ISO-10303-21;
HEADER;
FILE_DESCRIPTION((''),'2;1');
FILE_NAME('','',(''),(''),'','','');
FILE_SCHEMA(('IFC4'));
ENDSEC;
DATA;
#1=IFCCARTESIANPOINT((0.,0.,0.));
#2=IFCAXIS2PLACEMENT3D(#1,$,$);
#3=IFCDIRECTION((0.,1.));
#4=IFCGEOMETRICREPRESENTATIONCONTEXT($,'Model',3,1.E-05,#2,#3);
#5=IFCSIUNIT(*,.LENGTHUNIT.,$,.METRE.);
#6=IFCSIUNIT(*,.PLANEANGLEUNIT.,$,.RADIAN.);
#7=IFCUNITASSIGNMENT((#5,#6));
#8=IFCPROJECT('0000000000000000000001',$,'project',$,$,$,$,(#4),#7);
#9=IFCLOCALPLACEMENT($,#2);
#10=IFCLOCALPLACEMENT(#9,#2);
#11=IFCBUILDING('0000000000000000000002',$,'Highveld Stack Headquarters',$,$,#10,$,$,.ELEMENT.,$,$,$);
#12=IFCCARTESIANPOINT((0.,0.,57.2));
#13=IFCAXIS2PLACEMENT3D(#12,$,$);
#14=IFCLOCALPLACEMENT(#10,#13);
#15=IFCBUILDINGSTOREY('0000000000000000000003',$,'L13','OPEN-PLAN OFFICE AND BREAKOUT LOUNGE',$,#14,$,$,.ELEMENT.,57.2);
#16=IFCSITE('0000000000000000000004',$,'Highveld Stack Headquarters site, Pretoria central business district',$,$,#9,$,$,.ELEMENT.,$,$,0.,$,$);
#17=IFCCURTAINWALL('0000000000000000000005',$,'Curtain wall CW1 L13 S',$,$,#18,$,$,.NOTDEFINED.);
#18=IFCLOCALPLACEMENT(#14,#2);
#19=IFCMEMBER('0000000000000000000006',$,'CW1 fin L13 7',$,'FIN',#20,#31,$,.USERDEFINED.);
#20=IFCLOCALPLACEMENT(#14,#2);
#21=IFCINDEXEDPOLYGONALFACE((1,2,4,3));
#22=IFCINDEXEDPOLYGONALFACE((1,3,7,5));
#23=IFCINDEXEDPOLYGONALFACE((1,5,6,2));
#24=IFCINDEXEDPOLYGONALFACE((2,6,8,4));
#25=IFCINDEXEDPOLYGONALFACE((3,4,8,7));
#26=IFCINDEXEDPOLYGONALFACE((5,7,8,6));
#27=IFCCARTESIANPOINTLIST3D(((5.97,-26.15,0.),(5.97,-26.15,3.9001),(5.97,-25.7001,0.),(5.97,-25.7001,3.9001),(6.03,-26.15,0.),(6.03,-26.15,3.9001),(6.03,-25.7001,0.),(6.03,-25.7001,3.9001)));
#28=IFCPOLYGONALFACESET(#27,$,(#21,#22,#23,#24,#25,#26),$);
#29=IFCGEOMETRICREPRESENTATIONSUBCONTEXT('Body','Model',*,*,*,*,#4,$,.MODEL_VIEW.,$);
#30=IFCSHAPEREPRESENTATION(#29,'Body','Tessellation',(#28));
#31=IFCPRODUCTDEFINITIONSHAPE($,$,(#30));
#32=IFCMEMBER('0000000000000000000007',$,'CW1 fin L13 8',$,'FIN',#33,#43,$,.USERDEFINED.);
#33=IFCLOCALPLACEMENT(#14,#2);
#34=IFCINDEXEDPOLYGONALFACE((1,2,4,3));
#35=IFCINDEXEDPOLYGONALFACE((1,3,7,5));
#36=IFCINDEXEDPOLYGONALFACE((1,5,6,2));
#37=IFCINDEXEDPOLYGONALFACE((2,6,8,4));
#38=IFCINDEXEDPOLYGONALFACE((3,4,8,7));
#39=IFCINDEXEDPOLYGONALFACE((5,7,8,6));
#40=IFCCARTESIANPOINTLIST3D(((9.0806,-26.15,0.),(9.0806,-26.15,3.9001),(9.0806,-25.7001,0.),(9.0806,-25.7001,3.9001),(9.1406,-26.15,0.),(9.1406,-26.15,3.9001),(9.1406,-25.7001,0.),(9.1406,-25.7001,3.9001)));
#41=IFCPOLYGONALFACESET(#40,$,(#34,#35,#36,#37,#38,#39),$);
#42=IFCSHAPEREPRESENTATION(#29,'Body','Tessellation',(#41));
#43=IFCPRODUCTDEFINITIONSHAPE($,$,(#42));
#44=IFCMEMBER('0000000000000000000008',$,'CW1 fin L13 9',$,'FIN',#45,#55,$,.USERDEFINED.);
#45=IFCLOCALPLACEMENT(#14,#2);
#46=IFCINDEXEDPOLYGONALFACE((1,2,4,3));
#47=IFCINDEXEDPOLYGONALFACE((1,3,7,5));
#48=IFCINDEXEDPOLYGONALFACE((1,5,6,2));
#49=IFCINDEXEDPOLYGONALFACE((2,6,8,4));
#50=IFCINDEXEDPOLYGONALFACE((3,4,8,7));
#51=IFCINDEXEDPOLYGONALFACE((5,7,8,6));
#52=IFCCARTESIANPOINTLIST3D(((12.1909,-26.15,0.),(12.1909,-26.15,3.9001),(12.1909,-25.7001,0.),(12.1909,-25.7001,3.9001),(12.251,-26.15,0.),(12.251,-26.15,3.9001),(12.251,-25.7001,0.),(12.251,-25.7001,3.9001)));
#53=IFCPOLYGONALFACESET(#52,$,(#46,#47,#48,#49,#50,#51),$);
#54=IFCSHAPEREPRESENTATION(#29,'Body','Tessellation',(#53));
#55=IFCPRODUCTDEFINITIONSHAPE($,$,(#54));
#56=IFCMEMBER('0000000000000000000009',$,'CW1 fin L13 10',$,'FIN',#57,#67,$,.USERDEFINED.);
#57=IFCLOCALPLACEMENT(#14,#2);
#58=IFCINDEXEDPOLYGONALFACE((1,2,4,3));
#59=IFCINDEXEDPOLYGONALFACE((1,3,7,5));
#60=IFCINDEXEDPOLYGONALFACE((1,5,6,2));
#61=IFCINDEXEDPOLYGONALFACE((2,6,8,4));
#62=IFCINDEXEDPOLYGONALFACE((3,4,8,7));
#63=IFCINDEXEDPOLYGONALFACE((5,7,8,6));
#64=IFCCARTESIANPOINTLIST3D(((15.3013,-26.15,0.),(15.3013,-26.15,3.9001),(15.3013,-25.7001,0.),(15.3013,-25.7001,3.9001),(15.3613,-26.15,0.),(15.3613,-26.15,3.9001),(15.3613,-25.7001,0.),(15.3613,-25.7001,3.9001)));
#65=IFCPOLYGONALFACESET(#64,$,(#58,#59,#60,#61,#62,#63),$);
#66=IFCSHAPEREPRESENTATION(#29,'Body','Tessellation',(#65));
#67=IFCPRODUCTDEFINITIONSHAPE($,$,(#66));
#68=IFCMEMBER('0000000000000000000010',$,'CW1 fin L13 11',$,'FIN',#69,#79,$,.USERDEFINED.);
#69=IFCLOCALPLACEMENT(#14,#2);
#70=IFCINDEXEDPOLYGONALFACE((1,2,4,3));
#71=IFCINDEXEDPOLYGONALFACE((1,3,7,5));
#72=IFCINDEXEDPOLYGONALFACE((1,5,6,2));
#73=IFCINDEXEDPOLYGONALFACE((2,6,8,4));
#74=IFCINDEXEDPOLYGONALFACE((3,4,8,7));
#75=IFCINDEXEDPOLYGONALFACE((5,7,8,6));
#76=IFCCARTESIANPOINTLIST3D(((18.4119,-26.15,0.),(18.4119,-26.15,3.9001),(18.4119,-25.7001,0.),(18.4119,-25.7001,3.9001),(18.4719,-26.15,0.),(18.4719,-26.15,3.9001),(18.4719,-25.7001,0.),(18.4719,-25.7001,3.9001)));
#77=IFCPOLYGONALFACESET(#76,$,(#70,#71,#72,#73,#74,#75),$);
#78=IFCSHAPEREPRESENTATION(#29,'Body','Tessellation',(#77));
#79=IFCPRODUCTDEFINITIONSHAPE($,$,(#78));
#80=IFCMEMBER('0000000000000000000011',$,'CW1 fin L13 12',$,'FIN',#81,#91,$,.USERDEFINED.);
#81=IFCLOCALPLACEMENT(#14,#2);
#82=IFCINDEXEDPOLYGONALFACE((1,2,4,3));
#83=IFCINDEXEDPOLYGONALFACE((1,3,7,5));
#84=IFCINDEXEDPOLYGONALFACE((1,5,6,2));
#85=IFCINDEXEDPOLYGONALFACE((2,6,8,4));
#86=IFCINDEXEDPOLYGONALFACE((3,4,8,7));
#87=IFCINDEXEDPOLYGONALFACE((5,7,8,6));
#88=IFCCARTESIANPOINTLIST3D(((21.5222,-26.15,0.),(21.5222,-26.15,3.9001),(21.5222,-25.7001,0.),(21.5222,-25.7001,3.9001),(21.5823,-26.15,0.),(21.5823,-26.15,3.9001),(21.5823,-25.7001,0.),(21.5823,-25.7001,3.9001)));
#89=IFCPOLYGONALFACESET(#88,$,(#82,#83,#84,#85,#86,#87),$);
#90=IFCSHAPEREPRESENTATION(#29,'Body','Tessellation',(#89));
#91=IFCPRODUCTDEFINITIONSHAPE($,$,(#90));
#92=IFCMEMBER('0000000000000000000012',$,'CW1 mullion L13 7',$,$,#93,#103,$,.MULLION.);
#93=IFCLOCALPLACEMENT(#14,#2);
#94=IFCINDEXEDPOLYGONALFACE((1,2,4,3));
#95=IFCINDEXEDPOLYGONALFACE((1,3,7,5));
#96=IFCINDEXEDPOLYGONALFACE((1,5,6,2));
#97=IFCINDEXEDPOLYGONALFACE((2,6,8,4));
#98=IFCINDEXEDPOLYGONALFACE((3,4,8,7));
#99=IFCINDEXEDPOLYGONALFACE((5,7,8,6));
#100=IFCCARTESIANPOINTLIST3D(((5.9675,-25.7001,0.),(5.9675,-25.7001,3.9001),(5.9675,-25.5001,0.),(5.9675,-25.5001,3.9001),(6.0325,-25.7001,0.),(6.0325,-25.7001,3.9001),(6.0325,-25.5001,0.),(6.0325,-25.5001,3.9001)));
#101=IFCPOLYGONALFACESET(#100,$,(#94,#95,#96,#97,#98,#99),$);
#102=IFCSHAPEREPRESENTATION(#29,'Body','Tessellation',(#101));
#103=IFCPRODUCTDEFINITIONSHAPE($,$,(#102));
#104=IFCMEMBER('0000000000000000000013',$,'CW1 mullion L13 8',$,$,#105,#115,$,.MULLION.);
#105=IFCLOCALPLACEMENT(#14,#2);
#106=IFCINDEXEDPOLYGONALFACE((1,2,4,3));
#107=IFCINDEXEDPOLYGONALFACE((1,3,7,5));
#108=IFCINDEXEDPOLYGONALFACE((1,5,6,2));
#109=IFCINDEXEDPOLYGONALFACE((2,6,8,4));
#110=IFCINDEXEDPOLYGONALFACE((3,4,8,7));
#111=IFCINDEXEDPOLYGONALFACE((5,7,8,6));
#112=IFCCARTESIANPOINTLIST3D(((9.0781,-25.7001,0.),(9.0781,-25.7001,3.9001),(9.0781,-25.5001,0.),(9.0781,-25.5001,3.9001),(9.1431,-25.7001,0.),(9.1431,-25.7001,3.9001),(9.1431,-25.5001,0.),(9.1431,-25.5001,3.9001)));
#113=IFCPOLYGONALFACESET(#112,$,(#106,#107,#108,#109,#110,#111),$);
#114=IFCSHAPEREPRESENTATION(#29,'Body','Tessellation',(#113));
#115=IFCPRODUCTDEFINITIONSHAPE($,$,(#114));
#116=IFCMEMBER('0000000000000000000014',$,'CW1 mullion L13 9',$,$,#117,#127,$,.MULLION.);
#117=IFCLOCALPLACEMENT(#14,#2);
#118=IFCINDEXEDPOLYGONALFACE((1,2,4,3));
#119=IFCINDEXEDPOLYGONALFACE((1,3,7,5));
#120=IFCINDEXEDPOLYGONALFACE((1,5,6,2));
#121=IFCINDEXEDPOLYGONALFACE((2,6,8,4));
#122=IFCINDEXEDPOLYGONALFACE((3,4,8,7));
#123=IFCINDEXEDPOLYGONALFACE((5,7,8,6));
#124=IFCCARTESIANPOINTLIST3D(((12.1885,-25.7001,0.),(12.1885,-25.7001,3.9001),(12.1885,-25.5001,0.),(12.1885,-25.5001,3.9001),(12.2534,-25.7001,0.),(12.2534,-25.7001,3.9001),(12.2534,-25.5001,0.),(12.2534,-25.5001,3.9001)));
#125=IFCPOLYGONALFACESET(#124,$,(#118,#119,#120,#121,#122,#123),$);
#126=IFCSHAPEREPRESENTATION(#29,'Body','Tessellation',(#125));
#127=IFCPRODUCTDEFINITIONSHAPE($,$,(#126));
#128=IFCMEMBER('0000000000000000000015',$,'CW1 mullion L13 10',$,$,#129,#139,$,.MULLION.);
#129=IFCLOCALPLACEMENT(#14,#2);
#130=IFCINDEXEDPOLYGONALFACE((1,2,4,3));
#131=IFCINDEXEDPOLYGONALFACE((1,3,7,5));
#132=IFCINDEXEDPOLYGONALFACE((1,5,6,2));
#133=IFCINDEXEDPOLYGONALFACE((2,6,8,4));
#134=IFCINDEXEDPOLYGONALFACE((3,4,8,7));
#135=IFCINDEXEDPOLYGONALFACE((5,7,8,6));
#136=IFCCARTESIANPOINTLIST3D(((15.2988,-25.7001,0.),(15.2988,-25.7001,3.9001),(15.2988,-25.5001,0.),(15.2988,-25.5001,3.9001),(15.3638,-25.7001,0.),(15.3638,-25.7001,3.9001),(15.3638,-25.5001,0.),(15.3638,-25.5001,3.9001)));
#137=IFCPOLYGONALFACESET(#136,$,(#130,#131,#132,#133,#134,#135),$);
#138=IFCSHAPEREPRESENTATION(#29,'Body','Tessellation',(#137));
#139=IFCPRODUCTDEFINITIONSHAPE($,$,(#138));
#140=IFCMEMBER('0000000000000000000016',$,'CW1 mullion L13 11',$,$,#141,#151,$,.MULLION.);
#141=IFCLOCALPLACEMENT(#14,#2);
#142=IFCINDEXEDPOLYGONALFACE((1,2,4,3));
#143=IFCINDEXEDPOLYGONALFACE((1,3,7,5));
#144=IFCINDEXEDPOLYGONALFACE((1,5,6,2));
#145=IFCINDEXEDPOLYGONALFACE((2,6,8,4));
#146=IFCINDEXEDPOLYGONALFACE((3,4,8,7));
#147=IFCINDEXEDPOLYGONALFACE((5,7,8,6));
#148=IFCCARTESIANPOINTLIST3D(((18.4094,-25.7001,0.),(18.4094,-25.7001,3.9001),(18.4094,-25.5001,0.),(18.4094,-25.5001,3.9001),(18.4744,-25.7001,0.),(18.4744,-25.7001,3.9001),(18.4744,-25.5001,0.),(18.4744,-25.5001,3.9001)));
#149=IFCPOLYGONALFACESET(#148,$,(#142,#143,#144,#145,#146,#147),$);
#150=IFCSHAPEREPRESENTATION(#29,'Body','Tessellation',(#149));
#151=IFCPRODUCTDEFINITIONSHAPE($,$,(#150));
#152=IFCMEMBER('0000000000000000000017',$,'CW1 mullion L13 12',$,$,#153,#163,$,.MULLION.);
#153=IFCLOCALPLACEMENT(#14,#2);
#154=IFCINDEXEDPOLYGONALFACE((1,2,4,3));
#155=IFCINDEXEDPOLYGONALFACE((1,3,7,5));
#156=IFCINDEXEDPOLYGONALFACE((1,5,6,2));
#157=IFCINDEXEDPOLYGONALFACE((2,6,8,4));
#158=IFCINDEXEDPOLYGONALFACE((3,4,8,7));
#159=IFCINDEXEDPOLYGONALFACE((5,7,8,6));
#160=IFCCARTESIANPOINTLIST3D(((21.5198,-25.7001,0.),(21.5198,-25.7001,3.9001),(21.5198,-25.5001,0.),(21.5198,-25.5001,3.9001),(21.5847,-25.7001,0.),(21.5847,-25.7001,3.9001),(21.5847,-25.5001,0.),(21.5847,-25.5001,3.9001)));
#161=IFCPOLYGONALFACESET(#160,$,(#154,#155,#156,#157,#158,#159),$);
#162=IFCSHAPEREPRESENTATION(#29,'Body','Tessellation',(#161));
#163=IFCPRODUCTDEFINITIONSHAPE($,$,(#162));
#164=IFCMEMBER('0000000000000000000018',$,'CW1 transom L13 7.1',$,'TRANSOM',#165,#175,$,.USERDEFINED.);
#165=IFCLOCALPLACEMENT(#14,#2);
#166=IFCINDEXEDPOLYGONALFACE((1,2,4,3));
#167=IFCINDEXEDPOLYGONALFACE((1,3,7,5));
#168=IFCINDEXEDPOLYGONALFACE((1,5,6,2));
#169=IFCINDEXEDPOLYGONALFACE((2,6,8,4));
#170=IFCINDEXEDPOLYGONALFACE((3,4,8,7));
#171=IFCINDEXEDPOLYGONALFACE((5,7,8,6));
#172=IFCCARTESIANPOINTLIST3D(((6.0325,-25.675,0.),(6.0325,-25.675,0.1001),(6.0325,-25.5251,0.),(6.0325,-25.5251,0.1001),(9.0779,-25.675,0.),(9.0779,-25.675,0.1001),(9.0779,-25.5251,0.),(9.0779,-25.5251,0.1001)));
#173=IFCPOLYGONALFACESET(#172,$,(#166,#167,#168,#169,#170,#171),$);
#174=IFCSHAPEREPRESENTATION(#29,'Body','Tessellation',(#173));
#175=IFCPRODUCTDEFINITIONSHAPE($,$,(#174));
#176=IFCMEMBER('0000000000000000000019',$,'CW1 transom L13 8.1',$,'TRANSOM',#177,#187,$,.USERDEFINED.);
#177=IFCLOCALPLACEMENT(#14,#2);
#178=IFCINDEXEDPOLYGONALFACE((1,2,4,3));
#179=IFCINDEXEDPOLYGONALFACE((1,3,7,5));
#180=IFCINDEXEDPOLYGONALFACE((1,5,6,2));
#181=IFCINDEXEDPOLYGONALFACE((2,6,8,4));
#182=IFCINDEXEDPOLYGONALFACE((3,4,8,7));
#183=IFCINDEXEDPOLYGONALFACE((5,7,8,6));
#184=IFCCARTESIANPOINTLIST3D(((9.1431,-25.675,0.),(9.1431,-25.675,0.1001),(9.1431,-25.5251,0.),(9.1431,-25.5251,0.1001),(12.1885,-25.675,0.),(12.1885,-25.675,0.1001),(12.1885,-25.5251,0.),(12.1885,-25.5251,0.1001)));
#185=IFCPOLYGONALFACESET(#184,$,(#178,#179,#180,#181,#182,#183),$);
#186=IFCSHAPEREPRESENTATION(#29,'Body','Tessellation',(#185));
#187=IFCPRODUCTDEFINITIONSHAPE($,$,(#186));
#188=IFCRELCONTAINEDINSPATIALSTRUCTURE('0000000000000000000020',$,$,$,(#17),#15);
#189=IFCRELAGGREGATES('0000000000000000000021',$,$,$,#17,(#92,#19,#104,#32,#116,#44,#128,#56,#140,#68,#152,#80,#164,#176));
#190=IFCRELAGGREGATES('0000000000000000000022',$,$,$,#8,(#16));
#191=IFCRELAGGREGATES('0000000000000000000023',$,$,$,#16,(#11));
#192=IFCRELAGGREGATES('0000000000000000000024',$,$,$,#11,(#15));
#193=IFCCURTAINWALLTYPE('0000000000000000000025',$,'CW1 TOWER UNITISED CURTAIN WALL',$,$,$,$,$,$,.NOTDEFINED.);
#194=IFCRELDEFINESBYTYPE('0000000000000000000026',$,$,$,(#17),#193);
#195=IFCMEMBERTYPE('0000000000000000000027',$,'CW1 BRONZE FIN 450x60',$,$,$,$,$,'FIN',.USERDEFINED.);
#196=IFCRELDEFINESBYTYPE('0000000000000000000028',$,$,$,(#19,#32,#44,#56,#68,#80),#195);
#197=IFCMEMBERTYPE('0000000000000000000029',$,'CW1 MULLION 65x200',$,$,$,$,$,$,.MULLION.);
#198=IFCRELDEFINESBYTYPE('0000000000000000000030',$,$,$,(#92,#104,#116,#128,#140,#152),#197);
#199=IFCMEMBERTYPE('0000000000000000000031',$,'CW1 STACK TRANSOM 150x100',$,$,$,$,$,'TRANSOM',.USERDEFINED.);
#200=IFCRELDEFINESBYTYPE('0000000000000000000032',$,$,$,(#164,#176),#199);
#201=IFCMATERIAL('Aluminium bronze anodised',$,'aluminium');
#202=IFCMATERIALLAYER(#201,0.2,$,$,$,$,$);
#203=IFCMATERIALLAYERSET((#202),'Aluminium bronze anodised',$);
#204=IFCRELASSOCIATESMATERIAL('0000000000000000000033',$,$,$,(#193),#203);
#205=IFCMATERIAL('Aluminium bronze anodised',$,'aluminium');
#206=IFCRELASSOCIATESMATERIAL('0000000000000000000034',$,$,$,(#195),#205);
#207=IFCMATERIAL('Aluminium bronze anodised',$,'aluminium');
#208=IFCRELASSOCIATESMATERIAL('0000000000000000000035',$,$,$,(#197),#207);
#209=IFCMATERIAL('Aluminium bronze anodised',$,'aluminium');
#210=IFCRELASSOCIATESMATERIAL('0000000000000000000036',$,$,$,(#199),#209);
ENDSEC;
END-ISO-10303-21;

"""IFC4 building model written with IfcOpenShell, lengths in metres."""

from ifc_helpers import new_model, si_unit, direction, frame, origin, origin_2d, place, context, subcontext, project, spatial, rectangle, extrude, material, layer, layer_set, material_profile, profile_set, type_object, element, aggregate, save


model = new_model("IFC4")

# Units and contexts
model_context = context("Model", 3, precision=1e-05, world=origin(), true_north=direction((0.0, 1.0)))
body_context = subcontext(model_context, "Body", "Model", "MODEL_VIEW")
ifc_project = project(units=[si_unit("LENGTHUNIT", "METRE"), si_unit("PLANEANGLEUNIT", "RADIAN")], contexts=[model_context])

# Site, building, storey
site_placement = place(None, origin())
site = spatial("IfcSite", under=ifc_project, at=site_placement, Name="Highveld Stack Headquarters site, Pretoria central business district", CompositionType="ELEMENT", RefElevation=0.0)
building_placement = place(site_placement, origin())
building = spatial("IfcBuilding", under=site, at=building_placement, Name="Highveld Stack Headquarters", CompositionType="ELEMENT")
storey_placement = place(building_placement, frame((0.0, 0.0, 57.2)))
storey = spatial("IfcBuildingStorey", under=building, at=storey_placement, Name="L13", Description="OPEN-PLAN OFFICE AND BREAKOUT LOUNGE", CompositionType="ELEMENT", Elevation=57.2)

# Curtain wall, members
ifc_material_1 = material(Name="Aluminium bronze anodised", Category="aluminium")
ifc_layer_1 = layer(ifc_material_1, 0.2)
ifc_layer_set_1 = layer_set([ifc_layer_1], Name="Aluminium bronze anodised")
curtain_wall_type = type_object("IfcCurtainWallType", Name="CW1 TOWER UNITISED CURTAIN WALL", PredefinedType="NOTDEFINED", material=ifc_layer_set_1)
curtain_wall_placement = place(storey_placement, origin())
curtain_wall = element("IfcCurtainWall", 1, at=curtain_wall_placement, inside=storey, type_object=curtain_wall_type, Name="Curtain wall CW1 L13 S", PredefinedType="NOTDEFINED")
ifc_material_2 = material(Name="Aluminium bronze anodised", Category="aluminium")
ifc_material_profile_1 = material_profile(ifc_material_2, rectangle(XDim=0.45, YDim=0.0601, at=origin_2d()), Name="FIN 450x60")
ifc_profile_set_1 = profile_set([ifc_material_profile_1], Name="Aluminium bronze anodised")
member_type_1 = type_object("IfcMemberType", Name="CW1 BRONZE FIN 450x60", ElementType="FIN", PredefinedType="USERDEFINED", material=ifc_profile_set_1)
member_1_placement = place(storey_placement, frame((6.0, -25.925, 0.0), z_axis=(0.0, 0.0, 1.0), x_axis=(0.0, 1.0, 0.0)))
member_1 = element("IfcMember", 2, at=member_1_placement, type_object=member_type_1, Name="CW1 fin L13 7", ObjectType="FIN", PredefinedType="USERDEFINED", context=body_context, shape_type="SweptSolid", body=[
    extrude(rectangle(XDim=0.45, YDim=0.0601, at=origin_2d()), origin(), (0.0, 0.0, 1.0), 3.9001),
])
member_2_placement = place(storey_placement, frame((9.1106, -25.925, 0.0), z_axis=(0.0, 0.0, 1.0), x_axis=(0.0, 1.0, 0.0)))
member_2 = element("IfcMember", 3, at=member_2_placement, type_object=member_type_1, Name="CW1 fin L13 8", ObjectType="FIN", PredefinedType="USERDEFINED", context=body_context, shape_type="SweptSolid", body=[
    extrude(rectangle(XDim=0.45, YDim=0.0601, at=origin_2d()), origin(), (0.0, 0.0, 1.0), 3.9001),
])
member_3_placement = place(storey_placement, frame((12.2209, -25.925, 0.0), z_axis=(0.0, 0.0, 1.0), x_axis=(0.0, 1.0, 0.0)))
member_3 = element("IfcMember", 4, at=member_3_placement, type_object=member_type_1, Name="CW1 fin L13 9", ObjectType="FIN", PredefinedType="USERDEFINED", context=body_context, shape_type="SweptSolid", body=[
    extrude(rectangle(XDim=0.45, YDim=0.0601, at=origin_2d()), origin(), (0.0, 0.0, 1.0), 3.9001),
])
member_4_placement = place(storey_placement, frame((15.3313, -25.925, 0.0), z_axis=(0.0, 0.0, 1.0), x_axis=(0.0, 1.0, 0.0)))
member_4 = element("IfcMember", 5, at=member_4_placement, type_object=member_type_1, Name="CW1 fin L13 10", ObjectType="FIN", PredefinedType="USERDEFINED", context=body_context, shape_type="SweptSolid", body=[
    extrude(rectangle(XDim=0.45, YDim=0.0601, at=origin_2d()), origin(), (0.0, 0.0, 1.0), 3.9001),
])
member_5_placement = place(storey_placement, frame((18.4419, -25.925, 0.0), z_axis=(0.0, 0.0, 1.0), x_axis=(0.0, 1.0, 0.0)))
member_5 = element("IfcMember", 6, at=member_5_placement, type_object=member_type_1, Name="CW1 fin L13 11", ObjectType="FIN", PredefinedType="USERDEFINED", context=body_context, shape_type="SweptSolid", body=[
    extrude(rectangle(XDim=0.45, YDim=0.0601, at=origin_2d()), origin(), (0.0, 0.0, 1.0), 3.9001),
])
member_6_placement = place(storey_placement, frame((21.5522, -25.925, 0.0), z_axis=(0.0, 0.0, 1.0), x_axis=(0.0, 1.0, 0.0)))
member_6 = element("IfcMember", 7, at=member_6_placement, type_object=member_type_1, Name="CW1 fin L13 12", ObjectType="FIN", PredefinedType="USERDEFINED", context=body_context, shape_type="SweptSolid", body=[
    extrude(rectangle(XDim=0.45, YDim=0.0601, at=origin_2d()), origin(), (0.0, 0.0, 1.0), 3.9001),
])
ifc_material_3 = material(Name="Aluminium bronze anodised", Category="aluminium")
ifc_material_profile_2 = material_profile(ifc_material_3, rectangle(XDim=0.2, YDim=0.0649, at=origin_2d()), Name="CW1 MULLION 65x200")
ifc_profile_set_2 = profile_set([ifc_material_profile_2], Name="Aluminium bronze anodised")
member_type_2 = type_object("IfcMemberType", Name="CW1 MULLION 65x200", PredefinedType="MULLION", material=ifc_profile_set_2)
member_7_placement = place(storey_placement, frame((6.0, -25.6001, 0.0), z_axis=(0.0, 0.0, 1.0), x_axis=(0.0, 1.0, 0.0)))
member_7 = element("IfcMember", 8, at=member_7_placement, type_object=member_type_2, Name="CW1 mullion L13 7", PredefinedType="MULLION", context=body_context, shape_type="SweptSolid", body=[
    extrude(rectangle(XDim=0.2, YDim=0.0649, at=origin_2d()), origin(), (0.0, 0.0, 1.0), 3.9001),
])
member_8_placement = place(storey_placement, frame((9.1106, -25.6001, 0.0), z_axis=(0.0, 0.0, 1.0), x_axis=(0.0, 1.0, 0.0)))
member_8 = element("IfcMember", 9, at=member_8_placement, type_object=member_type_2, Name="CW1 mullion L13 8", PredefinedType="MULLION", context=body_context, shape_type="SweptSolid", body=[
    extrude(rectangle(XDim=0.2, YDim=0.0649, at=origin_2d()), origin(), (0.0, 0.0, 1.0), 3.9001),
])
member_9_placement = place(storey_placement, frame((12.2209, -25.6001, 0.0), z_axis=(0.0, 0.0, 1.0), x_axis=(0.0, 1.0, 0.0)))
member_9 = element("IfcMember", 10, at=member_9_placement, type_object=member_type_2, Name="CW1 mullion L13 9", PredefinedType="MULLION", context=body_context, shape_type="SweptSolid", body=[
    extrude(rectangle(XDim=0.2, YDim=0.0649, at=origin_2d()), origin(), (0.0, 0.0, 1.0), 3.9001),
])
member_10_placement = place(storey_placement, frame((15.3313, -25.6001, 0.0), z_axis=(0.0, 0.0, 1.0), x_axis=(0.0, 1.0, 0.0)))
member_10 = element("IfcMember", 11, at=member_10_placement, type_object=member_type_2, Name="CW1 mullion L13 10", PredefinedType="MULLION", context=body_context, shape_type="SweptSolid", body=[
    extrude(rectangle(XDim=0.2, YDim=0.0649, at=origin_2d()), origin(), (0.0, 0.0, 1.0), 3.9001),
])
member_11_placement = place(storey_placement, frame((18.4419, -25.6001, 0.0), z_axis=(0.0, 0.0, 1.0), x_axis=(0.0, 1.0, 0.0)))
member_11 = element("IfcMember", 12, at=member_11_placement, type_object=member_type_2, Name="CW1 mullion L13 11", PredefinedType="MULLION", context=body_context, shape_type="SweptSolid", body=[
    extrude(rectangle(XDim=0.2, YDim=0.0649, at=origin_2d()), origin(), (0.0, 0.0, 1.0), 3.9001),
])
member_12_placement = place(storey_placement, frame((21.5522, -25.6001, 0.0), z_axis=(0.0, 0.0, 1.0), x_axis=(0.0, 1.0, 0.0)))
member_12 = element("IfcMember", 13, at=member_12_placement, type_object=member_type_2, Name="CW1 mullion L13 12", PredefinedType="MULLION", context=body_context, shape_type="SweptSolid", body=[
    extrude(rectangle(XDim=0.2, YDim=0.0649, at=origin_2d()), origin(), (0.0, 0.0, 1.0), 3.9001),
])
ifc_material_4 = material(Name="Aluminium bronze anodised", Category="aluminium")
ifc_material_profile_3 = material_profile(ifc_material_4, rectangle(XDim=0.1499, YDim=0.1001, at=origin_2d()), Name="CW1 TRANSOM 150x100")
ifc_profile_set_3 = profile_set([ifc_material_profile_3], Name="Aluminium bronze anodised")
member_type_3 = type_object("IfcMemberType", Name="CW1 STACK TRANSOM 150x100", ElementType="TRANSOM", PredefinedType="USERDEFINED", material=ifc_profile_set_3)
member_13_placement = place(storey_placement, frame((6.0325, -25.6001, 0.05), z_axis=(1.0, 0.0, 0.0), x_axis=(0.0, 1.0, 0.0)))
member_13 = element("IfcMember", 14, at=member_13_placement, type_object=member_type_3, Name="CW1 transom L13 7.1", ObjectType="TRANSOM", PredefinedType="USERDEFINED", context=body_context, shape_type="SweptSolid", body=[
    extrude(rectangle(XDim=0.1499, YDim=0.1001, at=origin_2d()), origin(), (0.0, 0.0, 1.0), 3.0454),
])
member_14_placement = place(storey_placement, frame((9.1431, -25.6001, 0.05), z_axis=(1.0, 0.0, 0.0), x_axis=(0.0, 1.0, 0.0)))
member_14 = element("IfcMember", 15, at=member_14_placement, type_object=member_type_3, Name="CW1 transom L13 8.1", ObjectType="TRANSOM", PredefinedType="USERDEFINED", context=body_context, shape_type="SweptSolid", body=[
    extrude(rectangle(XDim=0.1499, YDim=0.1001, at=origin_2d()), origin(), (0.0, 0.0, 1.0), 3.0454),
])
aggregate(curtain_wall, [member_7, member_1, member_8, member_2, member_9, member_3, member_10, member_4, member_11, member_5, member_12, member_6, member_13, member_14])

save(model, "model.ifc")
